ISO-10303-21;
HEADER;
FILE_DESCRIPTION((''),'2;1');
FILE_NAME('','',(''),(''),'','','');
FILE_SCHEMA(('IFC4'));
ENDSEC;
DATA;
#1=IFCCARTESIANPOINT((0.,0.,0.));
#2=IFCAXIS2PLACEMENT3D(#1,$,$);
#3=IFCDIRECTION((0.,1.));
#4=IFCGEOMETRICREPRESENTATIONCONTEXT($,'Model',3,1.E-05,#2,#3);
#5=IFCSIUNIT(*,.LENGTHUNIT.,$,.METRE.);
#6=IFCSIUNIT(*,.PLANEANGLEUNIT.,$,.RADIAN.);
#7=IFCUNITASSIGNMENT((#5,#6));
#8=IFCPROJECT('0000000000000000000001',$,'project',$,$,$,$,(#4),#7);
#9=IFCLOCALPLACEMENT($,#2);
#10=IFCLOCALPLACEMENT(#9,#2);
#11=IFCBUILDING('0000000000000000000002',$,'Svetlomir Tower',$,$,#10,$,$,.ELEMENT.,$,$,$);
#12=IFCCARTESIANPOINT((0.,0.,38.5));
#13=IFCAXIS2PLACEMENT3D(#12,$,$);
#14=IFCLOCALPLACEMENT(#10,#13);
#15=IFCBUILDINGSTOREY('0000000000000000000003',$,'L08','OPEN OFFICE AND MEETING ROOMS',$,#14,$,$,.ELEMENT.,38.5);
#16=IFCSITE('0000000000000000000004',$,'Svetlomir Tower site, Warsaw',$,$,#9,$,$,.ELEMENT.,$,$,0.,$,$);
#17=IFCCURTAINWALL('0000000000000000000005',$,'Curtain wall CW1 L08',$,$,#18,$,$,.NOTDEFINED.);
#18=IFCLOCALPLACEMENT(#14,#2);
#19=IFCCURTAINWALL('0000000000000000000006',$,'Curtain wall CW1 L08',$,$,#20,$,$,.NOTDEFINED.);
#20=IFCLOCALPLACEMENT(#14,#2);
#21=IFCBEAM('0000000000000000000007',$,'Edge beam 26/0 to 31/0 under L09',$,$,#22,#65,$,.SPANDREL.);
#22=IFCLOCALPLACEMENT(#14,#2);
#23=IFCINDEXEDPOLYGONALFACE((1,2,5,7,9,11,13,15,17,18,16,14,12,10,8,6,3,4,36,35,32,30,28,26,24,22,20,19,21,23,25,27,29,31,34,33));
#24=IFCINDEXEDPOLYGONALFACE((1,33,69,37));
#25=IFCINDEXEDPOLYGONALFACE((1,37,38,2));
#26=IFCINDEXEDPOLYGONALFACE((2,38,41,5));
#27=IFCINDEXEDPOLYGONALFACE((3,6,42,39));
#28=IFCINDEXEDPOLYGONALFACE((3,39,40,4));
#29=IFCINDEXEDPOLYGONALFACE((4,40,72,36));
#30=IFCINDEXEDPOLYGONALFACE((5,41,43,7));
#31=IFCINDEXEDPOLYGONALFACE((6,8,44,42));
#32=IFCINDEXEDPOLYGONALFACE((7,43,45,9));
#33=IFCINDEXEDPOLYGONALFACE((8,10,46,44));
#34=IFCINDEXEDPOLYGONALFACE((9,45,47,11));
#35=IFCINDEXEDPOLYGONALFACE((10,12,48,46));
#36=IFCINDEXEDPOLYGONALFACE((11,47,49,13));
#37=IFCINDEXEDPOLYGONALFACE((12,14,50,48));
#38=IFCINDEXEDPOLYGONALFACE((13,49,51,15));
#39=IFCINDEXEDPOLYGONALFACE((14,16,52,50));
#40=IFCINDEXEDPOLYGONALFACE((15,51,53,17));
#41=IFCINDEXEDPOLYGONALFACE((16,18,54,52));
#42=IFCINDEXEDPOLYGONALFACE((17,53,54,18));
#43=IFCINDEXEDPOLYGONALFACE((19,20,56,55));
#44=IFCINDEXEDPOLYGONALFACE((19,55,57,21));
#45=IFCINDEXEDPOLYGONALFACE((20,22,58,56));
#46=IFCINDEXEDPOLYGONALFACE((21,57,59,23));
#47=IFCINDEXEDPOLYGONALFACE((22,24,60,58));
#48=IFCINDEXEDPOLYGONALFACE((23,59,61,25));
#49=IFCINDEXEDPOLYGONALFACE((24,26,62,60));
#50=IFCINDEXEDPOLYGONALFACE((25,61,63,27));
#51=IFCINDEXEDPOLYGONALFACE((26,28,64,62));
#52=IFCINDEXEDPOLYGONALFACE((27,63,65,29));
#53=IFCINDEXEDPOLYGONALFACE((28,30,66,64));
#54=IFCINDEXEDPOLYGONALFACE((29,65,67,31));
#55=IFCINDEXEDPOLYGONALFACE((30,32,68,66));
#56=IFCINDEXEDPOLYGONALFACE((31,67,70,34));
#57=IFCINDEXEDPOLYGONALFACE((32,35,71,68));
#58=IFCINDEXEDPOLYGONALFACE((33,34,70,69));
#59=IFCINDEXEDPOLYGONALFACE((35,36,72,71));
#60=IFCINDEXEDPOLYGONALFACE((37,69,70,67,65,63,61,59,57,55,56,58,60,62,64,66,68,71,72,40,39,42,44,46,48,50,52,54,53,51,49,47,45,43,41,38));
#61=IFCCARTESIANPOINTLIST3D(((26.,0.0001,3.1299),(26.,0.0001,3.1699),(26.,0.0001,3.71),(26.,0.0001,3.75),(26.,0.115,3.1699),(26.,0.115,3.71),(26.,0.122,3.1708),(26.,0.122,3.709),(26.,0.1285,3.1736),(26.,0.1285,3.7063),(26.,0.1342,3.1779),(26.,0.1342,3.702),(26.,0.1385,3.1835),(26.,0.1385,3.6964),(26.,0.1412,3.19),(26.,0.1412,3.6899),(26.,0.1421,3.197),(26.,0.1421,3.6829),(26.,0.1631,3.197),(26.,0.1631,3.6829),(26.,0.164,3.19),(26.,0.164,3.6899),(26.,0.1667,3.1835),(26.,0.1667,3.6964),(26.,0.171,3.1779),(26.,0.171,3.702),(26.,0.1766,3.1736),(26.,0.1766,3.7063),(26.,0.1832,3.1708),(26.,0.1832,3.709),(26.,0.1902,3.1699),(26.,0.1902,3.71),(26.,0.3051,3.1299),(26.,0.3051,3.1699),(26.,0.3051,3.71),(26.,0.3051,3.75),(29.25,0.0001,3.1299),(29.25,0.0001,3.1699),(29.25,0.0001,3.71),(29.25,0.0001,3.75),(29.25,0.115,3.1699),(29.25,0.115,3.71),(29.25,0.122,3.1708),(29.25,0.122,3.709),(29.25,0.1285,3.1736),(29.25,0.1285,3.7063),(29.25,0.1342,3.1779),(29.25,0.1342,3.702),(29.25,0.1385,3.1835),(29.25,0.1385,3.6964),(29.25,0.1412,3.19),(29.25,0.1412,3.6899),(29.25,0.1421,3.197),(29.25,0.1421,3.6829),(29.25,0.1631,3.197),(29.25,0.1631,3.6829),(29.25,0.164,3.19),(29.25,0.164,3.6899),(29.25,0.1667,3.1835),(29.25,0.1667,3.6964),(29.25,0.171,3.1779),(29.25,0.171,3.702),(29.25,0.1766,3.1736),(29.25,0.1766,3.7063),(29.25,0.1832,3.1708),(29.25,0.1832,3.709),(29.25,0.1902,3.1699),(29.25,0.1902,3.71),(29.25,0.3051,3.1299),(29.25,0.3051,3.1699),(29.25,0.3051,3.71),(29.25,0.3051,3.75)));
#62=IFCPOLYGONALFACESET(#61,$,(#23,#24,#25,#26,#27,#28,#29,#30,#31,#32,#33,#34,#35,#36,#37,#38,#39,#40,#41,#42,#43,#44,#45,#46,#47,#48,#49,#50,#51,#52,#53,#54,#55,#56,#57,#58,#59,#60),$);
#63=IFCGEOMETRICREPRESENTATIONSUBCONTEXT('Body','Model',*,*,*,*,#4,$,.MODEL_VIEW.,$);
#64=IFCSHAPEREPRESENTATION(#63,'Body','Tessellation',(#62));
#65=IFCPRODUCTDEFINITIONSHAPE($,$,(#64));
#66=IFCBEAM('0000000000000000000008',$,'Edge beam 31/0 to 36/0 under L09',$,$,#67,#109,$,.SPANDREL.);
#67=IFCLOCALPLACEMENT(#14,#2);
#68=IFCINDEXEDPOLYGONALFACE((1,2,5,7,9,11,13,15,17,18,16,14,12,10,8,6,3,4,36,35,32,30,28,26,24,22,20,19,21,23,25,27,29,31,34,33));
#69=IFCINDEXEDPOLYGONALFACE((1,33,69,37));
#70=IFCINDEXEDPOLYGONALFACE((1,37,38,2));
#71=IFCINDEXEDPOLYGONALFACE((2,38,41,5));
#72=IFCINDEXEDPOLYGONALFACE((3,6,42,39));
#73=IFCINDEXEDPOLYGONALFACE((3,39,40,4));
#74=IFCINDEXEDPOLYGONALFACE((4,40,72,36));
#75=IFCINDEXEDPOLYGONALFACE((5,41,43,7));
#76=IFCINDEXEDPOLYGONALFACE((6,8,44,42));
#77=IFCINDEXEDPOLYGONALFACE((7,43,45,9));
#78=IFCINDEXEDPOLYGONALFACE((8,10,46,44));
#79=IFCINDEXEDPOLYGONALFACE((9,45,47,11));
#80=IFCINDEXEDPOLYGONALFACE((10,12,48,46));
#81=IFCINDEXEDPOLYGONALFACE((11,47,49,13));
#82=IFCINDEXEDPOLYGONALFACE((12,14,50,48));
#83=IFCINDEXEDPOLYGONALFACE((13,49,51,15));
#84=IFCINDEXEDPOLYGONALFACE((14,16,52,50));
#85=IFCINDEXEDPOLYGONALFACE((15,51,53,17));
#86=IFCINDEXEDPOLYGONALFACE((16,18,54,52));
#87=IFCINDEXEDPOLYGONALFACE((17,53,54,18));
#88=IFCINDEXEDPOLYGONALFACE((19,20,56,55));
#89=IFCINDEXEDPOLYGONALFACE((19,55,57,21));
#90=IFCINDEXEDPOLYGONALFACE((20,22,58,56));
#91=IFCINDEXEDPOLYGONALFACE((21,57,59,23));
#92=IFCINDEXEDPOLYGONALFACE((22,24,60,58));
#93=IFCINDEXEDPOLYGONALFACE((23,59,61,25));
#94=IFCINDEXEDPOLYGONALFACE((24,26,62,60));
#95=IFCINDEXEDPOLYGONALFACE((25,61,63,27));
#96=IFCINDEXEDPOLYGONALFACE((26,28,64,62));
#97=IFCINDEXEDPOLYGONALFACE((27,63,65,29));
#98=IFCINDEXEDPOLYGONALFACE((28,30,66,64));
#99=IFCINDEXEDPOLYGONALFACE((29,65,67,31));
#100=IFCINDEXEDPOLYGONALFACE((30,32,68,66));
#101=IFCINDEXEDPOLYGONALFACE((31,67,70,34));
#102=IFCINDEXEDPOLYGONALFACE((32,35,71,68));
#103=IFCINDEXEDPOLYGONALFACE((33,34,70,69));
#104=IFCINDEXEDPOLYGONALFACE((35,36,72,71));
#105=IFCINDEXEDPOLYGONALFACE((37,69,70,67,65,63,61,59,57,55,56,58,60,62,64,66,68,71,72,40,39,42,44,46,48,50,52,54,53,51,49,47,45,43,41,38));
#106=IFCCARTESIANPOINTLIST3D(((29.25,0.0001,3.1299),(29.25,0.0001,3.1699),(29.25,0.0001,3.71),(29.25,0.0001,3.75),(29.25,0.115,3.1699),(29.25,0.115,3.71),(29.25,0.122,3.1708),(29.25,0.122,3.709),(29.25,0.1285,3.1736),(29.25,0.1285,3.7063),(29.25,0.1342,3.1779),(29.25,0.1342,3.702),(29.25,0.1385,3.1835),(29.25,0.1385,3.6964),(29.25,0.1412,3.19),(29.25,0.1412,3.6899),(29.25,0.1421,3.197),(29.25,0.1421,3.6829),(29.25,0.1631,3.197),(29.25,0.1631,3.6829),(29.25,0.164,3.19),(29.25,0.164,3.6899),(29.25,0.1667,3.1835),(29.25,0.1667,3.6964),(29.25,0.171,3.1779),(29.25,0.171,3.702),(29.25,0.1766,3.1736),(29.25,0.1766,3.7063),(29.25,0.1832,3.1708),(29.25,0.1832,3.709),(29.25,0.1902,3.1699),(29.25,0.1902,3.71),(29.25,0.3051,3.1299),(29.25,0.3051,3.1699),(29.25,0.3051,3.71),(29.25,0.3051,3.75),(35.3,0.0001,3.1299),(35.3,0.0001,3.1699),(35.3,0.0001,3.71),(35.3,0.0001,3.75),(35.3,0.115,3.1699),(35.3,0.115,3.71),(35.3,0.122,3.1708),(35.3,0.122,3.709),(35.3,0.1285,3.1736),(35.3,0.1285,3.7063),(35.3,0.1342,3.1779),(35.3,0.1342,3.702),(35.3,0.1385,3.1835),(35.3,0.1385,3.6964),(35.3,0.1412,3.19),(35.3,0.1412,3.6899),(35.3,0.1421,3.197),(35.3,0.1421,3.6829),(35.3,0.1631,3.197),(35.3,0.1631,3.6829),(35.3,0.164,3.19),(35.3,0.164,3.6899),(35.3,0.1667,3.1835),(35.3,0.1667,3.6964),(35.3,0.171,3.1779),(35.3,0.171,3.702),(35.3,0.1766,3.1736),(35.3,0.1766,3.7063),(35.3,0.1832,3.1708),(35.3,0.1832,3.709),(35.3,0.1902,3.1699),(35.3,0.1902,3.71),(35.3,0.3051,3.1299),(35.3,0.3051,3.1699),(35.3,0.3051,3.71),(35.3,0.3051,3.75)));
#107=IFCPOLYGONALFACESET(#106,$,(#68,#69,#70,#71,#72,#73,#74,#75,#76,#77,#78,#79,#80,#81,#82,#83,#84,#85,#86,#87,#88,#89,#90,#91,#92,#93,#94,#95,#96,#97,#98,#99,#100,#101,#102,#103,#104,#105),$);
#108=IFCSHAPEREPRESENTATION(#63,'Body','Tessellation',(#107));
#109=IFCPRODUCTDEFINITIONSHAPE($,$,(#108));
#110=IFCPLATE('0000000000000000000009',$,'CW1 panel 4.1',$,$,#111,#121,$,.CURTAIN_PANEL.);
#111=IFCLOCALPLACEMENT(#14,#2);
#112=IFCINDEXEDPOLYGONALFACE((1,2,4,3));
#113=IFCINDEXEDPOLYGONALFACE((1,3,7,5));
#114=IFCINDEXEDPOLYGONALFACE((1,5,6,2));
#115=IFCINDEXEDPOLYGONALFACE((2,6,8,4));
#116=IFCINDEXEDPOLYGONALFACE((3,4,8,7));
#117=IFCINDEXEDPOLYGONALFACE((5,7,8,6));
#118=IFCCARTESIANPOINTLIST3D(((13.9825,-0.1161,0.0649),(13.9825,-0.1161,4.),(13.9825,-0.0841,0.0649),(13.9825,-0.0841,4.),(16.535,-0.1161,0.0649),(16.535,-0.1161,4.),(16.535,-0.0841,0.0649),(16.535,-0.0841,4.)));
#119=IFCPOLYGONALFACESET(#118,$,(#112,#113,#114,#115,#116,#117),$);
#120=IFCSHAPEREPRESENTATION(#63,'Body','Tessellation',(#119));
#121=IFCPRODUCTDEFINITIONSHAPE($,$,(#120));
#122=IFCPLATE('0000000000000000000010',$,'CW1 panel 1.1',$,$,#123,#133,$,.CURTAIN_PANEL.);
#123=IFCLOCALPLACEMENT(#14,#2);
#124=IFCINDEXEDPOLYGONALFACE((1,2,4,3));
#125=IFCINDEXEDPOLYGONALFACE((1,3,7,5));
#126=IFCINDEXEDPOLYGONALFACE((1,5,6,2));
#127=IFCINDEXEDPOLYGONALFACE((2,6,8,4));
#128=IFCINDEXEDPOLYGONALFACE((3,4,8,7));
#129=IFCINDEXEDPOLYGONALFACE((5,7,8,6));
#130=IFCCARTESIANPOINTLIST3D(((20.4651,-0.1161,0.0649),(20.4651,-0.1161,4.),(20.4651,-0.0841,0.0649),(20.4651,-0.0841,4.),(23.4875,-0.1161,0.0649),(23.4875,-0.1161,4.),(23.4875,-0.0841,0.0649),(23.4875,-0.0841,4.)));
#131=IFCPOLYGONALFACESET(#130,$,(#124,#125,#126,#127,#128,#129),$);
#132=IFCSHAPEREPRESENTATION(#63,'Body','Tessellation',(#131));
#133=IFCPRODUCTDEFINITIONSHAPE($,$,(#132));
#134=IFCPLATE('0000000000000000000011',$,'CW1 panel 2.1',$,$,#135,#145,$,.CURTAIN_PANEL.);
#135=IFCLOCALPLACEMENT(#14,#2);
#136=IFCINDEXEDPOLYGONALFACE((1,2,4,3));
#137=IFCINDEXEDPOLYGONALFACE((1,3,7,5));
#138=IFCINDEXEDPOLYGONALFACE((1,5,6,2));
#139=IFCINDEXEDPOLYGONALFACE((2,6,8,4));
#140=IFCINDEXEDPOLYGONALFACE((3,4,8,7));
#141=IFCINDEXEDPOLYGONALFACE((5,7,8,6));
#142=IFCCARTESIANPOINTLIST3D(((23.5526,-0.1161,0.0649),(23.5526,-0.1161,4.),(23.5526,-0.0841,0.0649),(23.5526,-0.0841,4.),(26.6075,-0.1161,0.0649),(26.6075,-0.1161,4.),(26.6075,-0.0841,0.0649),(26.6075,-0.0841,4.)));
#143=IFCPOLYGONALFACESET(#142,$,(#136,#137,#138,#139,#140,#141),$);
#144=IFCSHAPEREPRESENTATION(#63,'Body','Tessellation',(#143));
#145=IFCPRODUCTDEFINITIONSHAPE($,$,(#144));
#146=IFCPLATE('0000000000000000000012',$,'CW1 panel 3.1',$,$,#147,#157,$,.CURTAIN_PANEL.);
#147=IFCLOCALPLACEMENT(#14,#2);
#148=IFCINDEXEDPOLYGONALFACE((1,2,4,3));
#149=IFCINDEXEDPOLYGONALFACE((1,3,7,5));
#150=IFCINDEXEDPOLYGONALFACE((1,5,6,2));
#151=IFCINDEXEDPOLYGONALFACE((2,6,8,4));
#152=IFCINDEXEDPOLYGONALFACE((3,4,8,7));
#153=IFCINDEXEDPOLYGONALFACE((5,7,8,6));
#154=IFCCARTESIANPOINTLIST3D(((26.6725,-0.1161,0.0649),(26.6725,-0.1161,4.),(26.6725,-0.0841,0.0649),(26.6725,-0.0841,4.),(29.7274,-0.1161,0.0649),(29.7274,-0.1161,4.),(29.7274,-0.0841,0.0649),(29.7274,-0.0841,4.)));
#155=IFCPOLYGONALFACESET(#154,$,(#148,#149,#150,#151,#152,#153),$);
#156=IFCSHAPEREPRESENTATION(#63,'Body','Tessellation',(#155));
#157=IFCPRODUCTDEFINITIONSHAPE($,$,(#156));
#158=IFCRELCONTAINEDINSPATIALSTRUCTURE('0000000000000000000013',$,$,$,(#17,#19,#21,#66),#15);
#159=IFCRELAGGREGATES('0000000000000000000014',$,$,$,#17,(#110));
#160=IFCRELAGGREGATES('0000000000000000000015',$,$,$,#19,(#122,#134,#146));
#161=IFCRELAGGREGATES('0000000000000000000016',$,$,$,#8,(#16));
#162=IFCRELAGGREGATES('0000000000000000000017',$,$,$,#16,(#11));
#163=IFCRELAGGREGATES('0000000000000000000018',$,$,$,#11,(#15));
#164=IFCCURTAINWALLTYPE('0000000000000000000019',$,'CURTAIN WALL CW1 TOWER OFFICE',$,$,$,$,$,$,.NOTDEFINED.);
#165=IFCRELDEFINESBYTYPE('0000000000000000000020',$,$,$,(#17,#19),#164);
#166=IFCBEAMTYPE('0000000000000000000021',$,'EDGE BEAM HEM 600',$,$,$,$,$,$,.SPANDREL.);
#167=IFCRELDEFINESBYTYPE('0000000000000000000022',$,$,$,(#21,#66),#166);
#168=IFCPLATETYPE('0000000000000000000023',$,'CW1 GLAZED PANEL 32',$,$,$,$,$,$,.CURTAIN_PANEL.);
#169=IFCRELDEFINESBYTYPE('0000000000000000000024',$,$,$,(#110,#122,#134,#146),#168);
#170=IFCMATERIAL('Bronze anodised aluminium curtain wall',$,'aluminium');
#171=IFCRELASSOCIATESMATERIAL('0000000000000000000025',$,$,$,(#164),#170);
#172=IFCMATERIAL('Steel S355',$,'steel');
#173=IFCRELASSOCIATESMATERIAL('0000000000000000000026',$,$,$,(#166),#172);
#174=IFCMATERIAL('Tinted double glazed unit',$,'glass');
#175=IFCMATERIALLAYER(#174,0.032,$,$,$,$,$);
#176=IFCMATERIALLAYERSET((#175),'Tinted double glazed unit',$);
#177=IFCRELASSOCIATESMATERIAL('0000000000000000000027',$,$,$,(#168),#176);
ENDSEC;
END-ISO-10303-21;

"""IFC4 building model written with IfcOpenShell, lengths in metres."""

from ifc_helpers import new_model, si_unit, direction, frame, origin, origin_2d, place, context, subcontext, project, spatial, rectangle, i_section, extrude, material, layer, layer_set, material_profile, profile_set, type_object, element, aggregate, save


model = new_model("IFC4")

# Units and contexts
model_context = context("Model", 3, precision=1e-05, world=origin(), true_north=direction((0.0, 1.0)))
body_context = subcontext(model_context, "Body", "Model", "MODEL_VIEW")
ifc_project = project(units=[si_unit("LENGTHUNIT", "METRE"), si_unit("PLANEANGLEUNIT", "RADIAN")], contexts=[model_context])

# Site, building, storey
site_placement = place(None, origin())
site = spatial("IfcSite", under=ifc_project, at=site_placement, Name="Svetlomir Tower site, Warsaw", CompositionType="ELEMENT", RefElevation=0.0)
building_placement = place(site_placement, origin())
building = spatial("IfcBuilding", under=site, at=building_placement, Name="Svetlomir Tower", CompositionType="ELEMENT")
storey_placement = place(building_placement, frame((0.0, 0.0, 38.5)))
storey = spatial("IfcBuildingStorey", under=building, at=storey_placement, Name="L08", Description="OPEN OFFICE AND MEETING ROOMS", CompositionType="ELEMENT", Elevation=38.5)

# Curtain walls
ifc_material_1 = material(Name="Bronze anodised aluminium curtain wall", Category="aluminium")
curtain_wall_type = type_object("IfcCurtainWallType", Name="CURTAIN WALL CW1 TOWER OFFICE", PredefinedType="NOTDEFINED", material=ifc_material_1)
curtain_wall_1_placement = place(storey_placement, origin())
curtain_wall_1 = element("IfcCurtainWall", 1, at=curtain_wall_1_placement, inside=storey, type_object=curtain_wall_type, Name="Curtain wall CW1 L08", PredefinedType="NOTDEFINED")
curtain_wall_2_placement = place(storey_placement, origin())
curtain_wall_2 = element("IfcCurtainWall", 2, at=curtain_wall_2_placement, inside=storey, type_object=curtain_wall_type, Name="Curtain wall CW1 L08", PredefinedType="NOTDEFINED")

# Beams
ifc_material_2 = material(Name="Steel S355", Category="steel")
ifc_material_profile_1 = material_profile(ifc_material_2, i_section(OverallWidth=0.3049, OverallDepth=0.6201, WebThickness=0.021, FlangeThickness=0.04, FilletRadius=0.0271, at=origin_2d()), Name="HEM 600")
ifc_profile_set_1 = profile_set([ifc_material_profile_1], Name="Steel S355")
beam_type_1 = type_object("IfcBeamType", Name="EDGE BEAM HEM 600", PredefinedType="SPANDREL", material=ifc_profile_set_1)
beam_1_placement = place(storey_placement, frame((26.0, 0.1526, 3.4399), z_axis=(1.0, 0.0, 0.0), x_axis=(0.0, 1.0, 0.0)))
element("IfcBeam", 3, at=beam_1_placement, inside=storey, type_object=beam_type_1, Name="Edge beam 26/0 to 31/0 under L09", PredefinedType="SPANDREL", context=body_context, shape_type="SweptSolid", body=[
    extrude(i_section(OverallWidth=0.3049, OverallDepth=0.6201, WebThickness=0.021, FlangeThickness=0.04, FilletRadius=0.0271, at=origin_2d()), origin(), (0.0, 0.0, 1.0), 3.25),
])
beam_2_placement = place(storey_placement, frame((29.25, 0.1526, 3.4399), z_axis=(1.0, 0.0, 0.0), x_axis=(0.0, 1.0, 0.0)))
element("IfcBeam", 4, at=beam_2_placement, inside=storey, type_object=beam_type_1, Name="Edge beam 31/0 to 36/0 under L09", PredefinedType="SPANDREL", context=body_context, shape_type="SweptSolid", body=[
    extrude(i_section(OverallWidth=0.3049, OverallDepth=0.6201, WebThickness=0.021, FlangeThickness=0.04, FilletRadius=0.0271, at=origin_2d()), origin(), (0.0, 0.0, 1.0), 6.05),
])

# Plates
ifc_material_3 = material(Name="Tinted double glazed unit", Category="glass")
ifc_layer_1 = layer(ifc_material_3, 0.032)
ifc_layer_set_1 = layer_set([ifc_layer_1], Name="Tinted double glazed unit")
plate_type = type_object("IfcPlateType", Name="CW1 GLAZED PANEL 32", PredefinedType="CURTAIN_PANEL", material=ifc_layer_set_1)
plate_1_placement = place(storey_placement, frame((15.2588, -0.1001, 0.0649), z_axis=(0.0, 0.0, 1.0), x_axis=(1.0, 0.0, 0.0)))
plate_1 = element("IfcPlate", 5, at=plate_1_placement, type_object=plate_type, Name="CW1 panel 4.1", PredefinedType="CURTAIN_PANEL", context=body_context, shape_type="SweptSolid", body=[
    extrude(rectangle(XDim=2.5525, YDim=0.032, at=origin_2d()), origin(), (0.0, 0.0, 1.0), 3.9351),
])
aggregate(curtain_wall_1, [plate_1])
plate_2_placement = place(storey_placement, frame((21.9763, -0.1001, 0.0649), z_axis=(0.0, 0.0, 1.0), x_axis=(1.0, 0.0, 0.0)))
plate_2 = element("IfcPlate", 6, at=plate_2_placement, type_object=plate_type, Name="CW1 panel 1.1", PredefinedType="CURTAIN_PANEL", context=body_context, shape_type="SweptSolid", body=[
    extrude(rectangle(XDim=3.0225, YDim=0.032, at=origin_2d()), origin(), (0.0, 0.0, 1.0), 3.9351),
])
plate_3_placement = place(storey_placement, frame((25.0801, -0.1001, 0.0649), z_axis=(0.0, 0.0, 1.0), x_axis=(1.0, 0.0, 0.0)))
plate_3 = element("IfcPlate", 7, at=plate_3_placement, type_object=plate_type, Name="CW1 panel 2.1", PredefinedType="CURTAIN_PANEL", context=body_context, shape_type="SweptSolid", body=[
    extrude(rectangle(XDim=3.0549, YDim=0.032, at=origin_2d()), origin(), (0.0, 0.0, 1.0), 3.9351),
])
plate_4_placement = place(storey_placement, frame((28.2, -0.1001, 0.0649), z_axis=(0.0, 0.0, 1.0), x_axis=(1.0, 0.0, 0.0)))
plate_4 = element("IfcPlate", 8, at=plate_4_placement, type_object=plate_type, Name="CW1 panel 3.1", PredefinedType="CURTAIN_PANEL", context=body_context, shape_type="SweptSolid", body=[
    extrude(rectangle(XDim=3.0549, YDim=0.032, at=origin_2d()), origin(), (0.0, 0.0, 1.0), 3.9351),
])
aggregate(curtain_wall_2, [plate_2, plate_3, plate_4])

save(model, "model.ifc")
